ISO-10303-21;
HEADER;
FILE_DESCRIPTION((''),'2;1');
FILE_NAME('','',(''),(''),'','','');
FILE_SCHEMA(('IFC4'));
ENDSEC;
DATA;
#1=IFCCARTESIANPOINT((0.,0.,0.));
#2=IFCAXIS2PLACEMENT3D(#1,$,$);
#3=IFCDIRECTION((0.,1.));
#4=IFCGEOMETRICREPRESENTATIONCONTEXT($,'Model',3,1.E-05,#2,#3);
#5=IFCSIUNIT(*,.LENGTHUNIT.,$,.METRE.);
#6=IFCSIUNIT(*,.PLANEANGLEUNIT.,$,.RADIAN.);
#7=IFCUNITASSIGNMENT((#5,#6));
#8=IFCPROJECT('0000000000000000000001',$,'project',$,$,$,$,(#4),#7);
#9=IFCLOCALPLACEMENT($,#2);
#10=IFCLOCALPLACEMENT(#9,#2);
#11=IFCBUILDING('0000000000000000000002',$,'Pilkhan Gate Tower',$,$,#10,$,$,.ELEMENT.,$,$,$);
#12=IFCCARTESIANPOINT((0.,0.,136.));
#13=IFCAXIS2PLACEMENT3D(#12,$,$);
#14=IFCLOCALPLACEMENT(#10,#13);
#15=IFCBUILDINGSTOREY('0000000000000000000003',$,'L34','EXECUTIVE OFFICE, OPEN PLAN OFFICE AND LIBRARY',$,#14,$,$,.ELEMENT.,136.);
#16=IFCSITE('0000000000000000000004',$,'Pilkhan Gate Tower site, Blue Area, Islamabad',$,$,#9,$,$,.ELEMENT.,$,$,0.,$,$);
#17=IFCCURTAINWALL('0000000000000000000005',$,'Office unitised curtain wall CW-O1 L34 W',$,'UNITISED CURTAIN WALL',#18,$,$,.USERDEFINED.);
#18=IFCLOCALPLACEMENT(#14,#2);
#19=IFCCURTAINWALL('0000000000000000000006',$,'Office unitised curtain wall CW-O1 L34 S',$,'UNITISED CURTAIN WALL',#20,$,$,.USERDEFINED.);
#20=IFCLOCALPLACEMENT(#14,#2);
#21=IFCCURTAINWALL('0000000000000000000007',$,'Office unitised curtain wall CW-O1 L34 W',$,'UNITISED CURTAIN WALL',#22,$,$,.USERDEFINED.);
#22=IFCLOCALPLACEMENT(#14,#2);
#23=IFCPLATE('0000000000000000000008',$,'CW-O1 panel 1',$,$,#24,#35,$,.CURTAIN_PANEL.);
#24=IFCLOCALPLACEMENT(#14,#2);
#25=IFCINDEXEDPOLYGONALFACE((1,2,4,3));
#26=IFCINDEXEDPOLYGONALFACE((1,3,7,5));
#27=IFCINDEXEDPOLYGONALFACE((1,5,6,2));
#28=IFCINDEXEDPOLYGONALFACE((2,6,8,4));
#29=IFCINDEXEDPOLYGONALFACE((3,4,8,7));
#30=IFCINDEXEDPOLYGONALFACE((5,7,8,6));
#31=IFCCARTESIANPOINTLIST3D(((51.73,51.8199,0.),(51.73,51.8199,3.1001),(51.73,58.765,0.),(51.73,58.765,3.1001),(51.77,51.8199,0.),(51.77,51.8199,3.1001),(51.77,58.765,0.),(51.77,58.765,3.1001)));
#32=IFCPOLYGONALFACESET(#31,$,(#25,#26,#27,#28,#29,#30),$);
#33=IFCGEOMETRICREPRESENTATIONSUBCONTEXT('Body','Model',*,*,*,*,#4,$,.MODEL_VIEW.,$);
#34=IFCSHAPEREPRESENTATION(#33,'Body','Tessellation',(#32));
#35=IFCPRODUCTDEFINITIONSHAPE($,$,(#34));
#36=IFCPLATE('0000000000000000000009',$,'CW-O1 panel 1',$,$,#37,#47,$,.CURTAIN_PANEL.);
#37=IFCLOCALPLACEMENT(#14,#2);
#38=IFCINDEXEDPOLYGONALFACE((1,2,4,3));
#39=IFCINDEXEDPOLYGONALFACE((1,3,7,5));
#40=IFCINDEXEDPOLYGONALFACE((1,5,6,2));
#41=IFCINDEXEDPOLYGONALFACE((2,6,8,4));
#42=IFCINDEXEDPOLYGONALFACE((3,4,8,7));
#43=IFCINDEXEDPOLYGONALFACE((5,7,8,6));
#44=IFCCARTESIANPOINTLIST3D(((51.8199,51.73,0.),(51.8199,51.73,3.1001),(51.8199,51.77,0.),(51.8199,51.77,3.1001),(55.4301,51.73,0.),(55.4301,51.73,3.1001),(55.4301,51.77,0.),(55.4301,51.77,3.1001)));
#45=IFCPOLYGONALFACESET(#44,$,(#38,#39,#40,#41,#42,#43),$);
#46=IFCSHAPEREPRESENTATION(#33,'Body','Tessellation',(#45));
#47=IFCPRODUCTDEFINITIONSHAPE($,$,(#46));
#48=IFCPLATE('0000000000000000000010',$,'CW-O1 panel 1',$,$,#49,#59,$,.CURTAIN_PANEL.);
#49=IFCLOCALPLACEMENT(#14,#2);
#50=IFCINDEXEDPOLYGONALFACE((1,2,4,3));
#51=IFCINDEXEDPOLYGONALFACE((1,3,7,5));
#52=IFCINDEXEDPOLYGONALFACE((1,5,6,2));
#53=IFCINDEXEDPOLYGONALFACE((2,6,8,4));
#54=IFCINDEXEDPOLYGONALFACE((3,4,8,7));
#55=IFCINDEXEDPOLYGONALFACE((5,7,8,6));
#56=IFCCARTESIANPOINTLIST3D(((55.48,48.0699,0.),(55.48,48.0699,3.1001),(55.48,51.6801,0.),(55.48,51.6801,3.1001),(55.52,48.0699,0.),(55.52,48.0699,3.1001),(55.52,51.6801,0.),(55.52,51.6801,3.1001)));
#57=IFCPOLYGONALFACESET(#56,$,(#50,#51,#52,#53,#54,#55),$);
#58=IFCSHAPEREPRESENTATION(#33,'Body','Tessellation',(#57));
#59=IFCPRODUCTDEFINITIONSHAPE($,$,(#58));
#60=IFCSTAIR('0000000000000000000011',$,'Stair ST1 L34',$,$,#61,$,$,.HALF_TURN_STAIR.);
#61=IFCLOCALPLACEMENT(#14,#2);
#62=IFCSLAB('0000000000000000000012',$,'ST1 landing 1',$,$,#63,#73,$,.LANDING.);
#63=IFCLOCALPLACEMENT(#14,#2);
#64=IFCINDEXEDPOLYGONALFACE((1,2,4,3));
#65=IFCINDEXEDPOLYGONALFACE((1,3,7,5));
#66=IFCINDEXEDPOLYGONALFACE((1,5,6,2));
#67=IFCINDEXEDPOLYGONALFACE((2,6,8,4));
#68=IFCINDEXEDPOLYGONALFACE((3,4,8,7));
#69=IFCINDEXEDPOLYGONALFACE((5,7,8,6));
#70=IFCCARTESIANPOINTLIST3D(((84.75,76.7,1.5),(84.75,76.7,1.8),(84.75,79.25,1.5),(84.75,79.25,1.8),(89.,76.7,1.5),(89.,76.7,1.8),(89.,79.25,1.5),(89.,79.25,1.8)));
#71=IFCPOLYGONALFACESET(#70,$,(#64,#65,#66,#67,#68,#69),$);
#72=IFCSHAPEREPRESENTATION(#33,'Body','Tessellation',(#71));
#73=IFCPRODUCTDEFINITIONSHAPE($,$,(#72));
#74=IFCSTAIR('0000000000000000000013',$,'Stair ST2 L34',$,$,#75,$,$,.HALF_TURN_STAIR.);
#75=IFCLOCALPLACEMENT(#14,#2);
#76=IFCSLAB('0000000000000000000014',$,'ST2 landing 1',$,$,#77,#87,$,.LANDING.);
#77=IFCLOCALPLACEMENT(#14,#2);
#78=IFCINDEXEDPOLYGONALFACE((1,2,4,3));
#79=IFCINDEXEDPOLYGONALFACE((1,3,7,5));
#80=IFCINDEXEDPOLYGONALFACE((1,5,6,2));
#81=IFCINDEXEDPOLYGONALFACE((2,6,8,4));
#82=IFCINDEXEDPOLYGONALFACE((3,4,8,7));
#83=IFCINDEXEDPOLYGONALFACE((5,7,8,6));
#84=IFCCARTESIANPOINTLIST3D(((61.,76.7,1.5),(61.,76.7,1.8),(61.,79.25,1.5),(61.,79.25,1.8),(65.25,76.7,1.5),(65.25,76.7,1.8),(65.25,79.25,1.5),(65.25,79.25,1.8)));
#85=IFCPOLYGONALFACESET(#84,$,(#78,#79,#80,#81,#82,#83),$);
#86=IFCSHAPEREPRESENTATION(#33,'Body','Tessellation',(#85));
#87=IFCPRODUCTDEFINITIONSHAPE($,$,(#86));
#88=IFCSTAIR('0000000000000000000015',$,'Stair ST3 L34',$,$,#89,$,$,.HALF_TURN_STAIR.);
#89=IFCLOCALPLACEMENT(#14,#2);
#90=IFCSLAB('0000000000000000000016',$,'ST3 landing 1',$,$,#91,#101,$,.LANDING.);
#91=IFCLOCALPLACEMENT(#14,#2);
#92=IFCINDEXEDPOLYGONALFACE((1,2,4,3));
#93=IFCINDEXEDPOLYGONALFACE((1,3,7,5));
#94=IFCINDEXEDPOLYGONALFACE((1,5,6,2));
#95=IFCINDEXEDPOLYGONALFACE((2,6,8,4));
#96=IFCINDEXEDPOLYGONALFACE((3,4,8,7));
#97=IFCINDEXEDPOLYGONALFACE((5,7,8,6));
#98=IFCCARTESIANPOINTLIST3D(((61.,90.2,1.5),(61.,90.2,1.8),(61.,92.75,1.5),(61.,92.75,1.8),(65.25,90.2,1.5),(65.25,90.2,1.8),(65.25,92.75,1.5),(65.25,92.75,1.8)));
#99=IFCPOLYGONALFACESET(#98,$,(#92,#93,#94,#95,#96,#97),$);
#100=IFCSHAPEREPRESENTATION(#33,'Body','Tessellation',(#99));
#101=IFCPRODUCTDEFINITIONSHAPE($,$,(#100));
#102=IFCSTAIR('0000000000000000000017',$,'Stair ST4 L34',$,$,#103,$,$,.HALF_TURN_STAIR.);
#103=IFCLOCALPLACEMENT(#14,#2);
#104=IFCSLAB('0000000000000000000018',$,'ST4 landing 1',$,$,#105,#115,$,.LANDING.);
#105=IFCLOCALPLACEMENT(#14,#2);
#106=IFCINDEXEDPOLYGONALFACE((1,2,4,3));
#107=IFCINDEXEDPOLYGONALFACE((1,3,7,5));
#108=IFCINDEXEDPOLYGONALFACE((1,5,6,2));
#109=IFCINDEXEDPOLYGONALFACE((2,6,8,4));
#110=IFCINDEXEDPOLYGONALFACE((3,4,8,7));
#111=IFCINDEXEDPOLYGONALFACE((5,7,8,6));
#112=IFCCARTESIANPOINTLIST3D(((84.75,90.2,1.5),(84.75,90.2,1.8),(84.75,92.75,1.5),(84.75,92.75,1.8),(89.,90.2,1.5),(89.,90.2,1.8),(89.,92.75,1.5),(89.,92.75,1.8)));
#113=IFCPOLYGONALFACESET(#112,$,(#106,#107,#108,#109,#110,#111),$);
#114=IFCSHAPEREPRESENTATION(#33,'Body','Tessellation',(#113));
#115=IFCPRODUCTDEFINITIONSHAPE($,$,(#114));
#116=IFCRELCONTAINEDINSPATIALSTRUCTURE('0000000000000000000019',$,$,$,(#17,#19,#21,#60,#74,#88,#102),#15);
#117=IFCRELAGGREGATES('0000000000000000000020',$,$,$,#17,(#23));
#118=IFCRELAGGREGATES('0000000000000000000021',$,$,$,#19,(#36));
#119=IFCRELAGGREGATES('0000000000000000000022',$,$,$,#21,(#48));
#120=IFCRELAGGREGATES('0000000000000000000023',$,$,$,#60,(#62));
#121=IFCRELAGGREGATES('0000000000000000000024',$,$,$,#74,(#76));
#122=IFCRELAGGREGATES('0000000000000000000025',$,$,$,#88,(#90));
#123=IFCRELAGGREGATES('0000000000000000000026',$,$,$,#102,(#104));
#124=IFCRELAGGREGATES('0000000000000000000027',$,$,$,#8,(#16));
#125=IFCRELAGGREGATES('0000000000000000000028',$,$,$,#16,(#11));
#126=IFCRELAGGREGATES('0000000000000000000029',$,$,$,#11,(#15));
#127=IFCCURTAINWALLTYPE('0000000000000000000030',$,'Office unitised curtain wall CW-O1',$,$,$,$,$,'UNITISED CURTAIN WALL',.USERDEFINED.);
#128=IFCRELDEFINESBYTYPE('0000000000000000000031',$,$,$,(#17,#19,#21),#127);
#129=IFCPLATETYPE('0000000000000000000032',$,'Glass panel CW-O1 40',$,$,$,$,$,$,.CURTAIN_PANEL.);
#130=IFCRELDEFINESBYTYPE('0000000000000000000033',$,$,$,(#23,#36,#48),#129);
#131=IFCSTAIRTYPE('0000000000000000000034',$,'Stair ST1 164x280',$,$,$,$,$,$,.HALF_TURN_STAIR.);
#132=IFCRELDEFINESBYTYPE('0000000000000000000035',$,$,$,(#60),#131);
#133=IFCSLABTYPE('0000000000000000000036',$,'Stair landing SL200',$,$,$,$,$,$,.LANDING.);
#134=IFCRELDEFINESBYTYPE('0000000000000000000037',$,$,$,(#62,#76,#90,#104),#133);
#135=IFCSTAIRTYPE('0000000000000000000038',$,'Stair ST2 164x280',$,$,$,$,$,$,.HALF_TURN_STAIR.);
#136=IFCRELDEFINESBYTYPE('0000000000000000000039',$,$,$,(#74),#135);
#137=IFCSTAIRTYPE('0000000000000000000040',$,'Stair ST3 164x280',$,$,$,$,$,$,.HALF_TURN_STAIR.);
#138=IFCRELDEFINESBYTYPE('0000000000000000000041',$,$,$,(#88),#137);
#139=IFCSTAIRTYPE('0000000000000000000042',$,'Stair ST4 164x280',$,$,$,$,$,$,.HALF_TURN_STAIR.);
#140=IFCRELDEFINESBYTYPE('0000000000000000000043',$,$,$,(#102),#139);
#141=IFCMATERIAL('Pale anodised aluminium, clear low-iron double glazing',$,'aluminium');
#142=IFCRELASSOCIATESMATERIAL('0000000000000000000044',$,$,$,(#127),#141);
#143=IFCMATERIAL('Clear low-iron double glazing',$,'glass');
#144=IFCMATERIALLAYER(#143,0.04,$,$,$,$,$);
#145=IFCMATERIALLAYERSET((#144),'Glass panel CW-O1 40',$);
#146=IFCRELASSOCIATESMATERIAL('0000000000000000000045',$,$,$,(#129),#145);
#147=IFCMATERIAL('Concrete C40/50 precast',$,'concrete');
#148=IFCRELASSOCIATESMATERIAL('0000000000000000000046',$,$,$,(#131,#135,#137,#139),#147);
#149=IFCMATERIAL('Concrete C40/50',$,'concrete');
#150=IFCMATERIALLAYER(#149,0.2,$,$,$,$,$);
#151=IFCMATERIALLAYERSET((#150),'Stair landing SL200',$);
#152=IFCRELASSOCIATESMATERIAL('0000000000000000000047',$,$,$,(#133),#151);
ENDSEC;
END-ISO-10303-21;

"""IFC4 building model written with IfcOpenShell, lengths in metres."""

from ifc_helpers import new_model, si_unit, direction, frame, origin, origin_2d, place, context, subcontext, project, spatial, polyline, rectangle, outline, extrude, material, layer, layer_set, type_object, element, aggregate, save


model = new_model("IFC4")

# Units and contexts
model_context = context("Model", 3, precision=1e-05, world=origin(), true_north=direction((0.0, 1.0)))
body_context = subcontext(model_context, "Body", "Model", "MODEL_VIEW")
ifc_project = project(units=[si_unit("LENGTHUNIT", "METRE"), si_unit("PLANEANGLEUNIT", "RADIAN")], contexts=[model_context])

# Site, building, storey
site_placement = place(None, origin())
site = spatial("IfcSite", under=ifc_project, at=site_placement, Name="Pilkhan Gate Tower site, Blue Area, Islamabad", CompositionType="ELEMENT", RefElevation=0.0)
building_placement = place(site_placement, origin())
building = spatial("IfcBuilding", under=site, at=building_placement, Name="Pilkhan Gate Tower", CompositionType="ELEMENT")
storey_placement = place(building_placement, frame((0.0, 0.0, 136.0)))
storey = spatial("IfcBuildingStorey", under=building, at=storey_placement, Name="L34", Description="EXECUTIVE OFFICE, OPEN PLAN OFFICE AND LIBRARY", CompositionType="ELEMENT", Elevation=136.0)

# Curtain wall
ifc_material_1 = material(Name="Pale anodised aluminium, clear low-iron double glazing", Category="aluminium")
curtain_wall_type = type_object("IfcCurtainWallType", Name="Office unitised curtain wall CW-O1", ElementType="UNITISED CURTAIN WALL", PredefinedType="USERDEFINED", material=ifc_material_1)
curtain_wall_1_placement = place(storey_placement, origin())
curtain_wall_1 = element("IfcCurtainWall", 1, at=curtain_wall_1_placement, inside=storey, type_object=curtain_wall_type, Name="Office unitised curtain wall CW-O1 L34 W", ObjectType="UNITISED CURTAIN WALL", PredefinedType="USERDEFINED")

# Curtain walls
curtain_wall_2_placement = place(storey_placement, origin())
curtain_wall_2 = element("IfcCurtainWall", 2, at=curtain_wall_2_placement, inside=storey, type_object=curtain_wall_type, Name="Office unitised curtain wall CW-O1 L34 S", ObjectType="UNITISED CURTAIN WALL", PredefinedType="USERDEFINED")
curtain_wall_3_placement = place(storey_placement, origin())
curtain_wall_3 = element("IfcCurtainWall", 3, at=curtain_wall_3_placement, inside=storey, type_object=curtain_wall_type, Name="Office unitised curtain wall CW-O1 L34 W", ObjectType="UNITISED CURTAIN WALL", PredefinedType="USERDEFINED")

# Shared definitions
ifc_material_2 = material(Name="Concrete C40/50", Category="concrete")

# Plates
ifc_material_3 = material(Name="Clear low-iron double glazing", Category="glass")
ifc_layer_1 = layer(ifc_material_3, 0.04)
ifc_layer_set_1 = layer_set([ifc_layer_1], Name="Glass panel CW-O1 40")
plate_type = type_object("IfcPlateType", Name="Glass panel CW-O1 40", PredefinedType="CURTAIN_PANEL", material=ifc_layer_set_1)
plate_1_placement = place(storey_placement, frame((51.75, 55.2925, 0.0), z_axis=(0.0, 0.0, 1.0), x_axis=(0.0, 1.0, 0.0)))
plate_1 = element("IfcPlate", 4, at=plate_1_placement, type_object=plate_type, Name="CW-O1 panel 1", PredefinedType="CURTAIN_PANEL", context=body_context, shape_type="SweptSolid", body=[
    extrude(rectangle(XDim=6.9451, YDim=0.04, at=origin_2d()), origin(), (0.0, 0.0, 1.0), 3.1001),
])
aggregate(curtain_wall_1, [plate_1])
plate_2_placement = place(storey_placement, frame((53.625, 51.75, 0.0), z_axis=(0.0, 0.0, 1.0), x_axis=(1.0, 0.0, 0.0)))
plate_2 = element("IfcPlate", 5, at=plate_2_placement, type_object=plate_type, Name="CW-O1 panel 1", PredefinedType="CURTAIN_PANEL", context=body_context, shape_type="SweptSolid", body=[
    extrude(rectangle(XDim=3.6101, YDim=0.04, at=origin_2d()), origin(), (0.0, 0.0, 1.0), 3.1001),
])
aggregate(curtain_wall_2, [plate_2])
plate_3_placement = place(storey_placement, frame((55.5, 49.875, 0.0), z_axis=(0.0, 0.0, 1.0), x_axis=(0.0, 1.0, 0.0)))
plate_3 = element("IfcPlate", 6, at=plate_3_placement, type_object=plate_type, Name="CW-O1 panel 1", PredefinedType="CURTAIN_PANEL", context=body_context, shape_type="SweptSolid", body=[
    extrude(rectangle(XDim=3.6101, YDim=0.04, at=origin_2d()), origin(), (0.0, 0.0, 1.0), 3.1001),
])
aggregate(curtain_wall_3, [plate_3])

# Stairs, slabs
ifc_material_4 = material(Name="Concrete C40/50 precast", Category="concrete")
stair_type_1 = type_object("IfcStairType", Name="Stair ST1 164x280", PredefinedType="HALF_TURN_STAIR", material=ifc_material_4)
stair_1_placement = place(storey_placement, origin())
stair_1 = element("IfcStair", 7, at=stair_1_placement, inside=storey, type_object=stair_type_1, Name="Stair ST1 L34", PredefinedType="HALF_TURN_STAIR")
ifc_layer_2 = layer(ifc_material_2, 0.2)
ifc_layer_set_2 = layer_set([ifc_layer_2], Name="Stair landing SL200")
slab_type_1 = type_object("IfcSlabType", Name="Stair landing SL200", PredefinedType="LANDING", material=ifc_layer_set_2)
slab_1_placement = place(storey_placement, frame((0.0, 0.0, 1.5)))
slab_1 = element("IfcSlab", 8, at=slab_1_placement, type_object=slab_type_1, Name="ST1 landing 1", PredefinedType="LANDING", context=body_context, shape_type="SweptSolid", body=[
    extrude(outline(polyline([(89.0, 76.7), (89.0, 79.25), (84.75, 79.25), (84.75, 76.7), (89.0, 76.7)])), origin(), (0.0, 0.0, 1.0), 0.3),
])
aggregate(stair_1, [slab_1])
stair_type_2 = type_object("IfcStairType", Name="Stair ST2 164x280", PredefinedType="HALF_TURN_STAIR", material=ifc_material_4)
stair_2_placement = place(storey_placement, origin())
stair_2 = element("IfcStair", 9, at=stair_2_placement, inside=storey, type_object=stair_type_2, Name="Stair ST2 L34", PredefinedType="HALF_TURN_STAIR")
slab_2_placement = place(storey_placement, frame((0.0, 0.0, 1.5)))
slab_2 = element("IfcSlab", 10, at=slab_2_placement, type_object=slab_type_1, Name="ST2 landing 1", PredefinedType="LANDING", context=body_context, shape_type="SweptSolid", body=[
    extrude(outline(polyline([(65.25, 76.7), (65.25, 79.25), (61.0, 79.25), (61.0, 76.7), (65.25, 76.7)])), origin(), (0.0, 0.0, 1.0), 0.3),
])
aggregate(stair_2, [slab_2])
stair_type_3 = type_object("IfcStairType", Name="Stair ST3 164x280", PredefinedType="HALF_TURN_STAIR", material=ifc_material_4)
stair_3_placement = place(storey_placement, origin())
stair_3 = element("IfcStair", 11, at=stair_3_placement, inside=storey, type_object=stair_type_3, Name="Stair ST3 L34", PredefinedType="HALF_TURN_STAIR")
slab_3_placement = place(storey_placement, frame((0.0, 0.0, 1.5)))
slab_3 = element("IfcSlab", 12, at=slab_3_placement, type_object=slab_type_1, Name="ST3 landing 1", PredefinedType="LANDING", context=body_context, shape_type="SweptSolid", body=[
    extrude(outline(polyline([(65.25, 90.2), (65.25, 92.75), (61.0, 92.75), (61.0, 90.2), (65.25, 90.2)])), origin(), (0.0, 0.0, 1.0), 0.3),
])
aggregate(stair_3, [slab_3])
stair_type_4 = type_object("IfcStairType", Name="Stair ST4 164x280", PredefinedType="HALF_TURN_STAIR", material=ifc_material_4)
stair_4_placement = place(storey_placement, origin())
stair_4 = element("IfcStair", 13, at=stair_4_placement, inside=storey, type_object=stair_type_4, Name="Stair ST4 L34", PredefinedType="HALF_TURN_STAIR")
slab_4_placement = place(storey_placement, frame((0.0, 0.0, 1.5)))
slab_4 = element("IfcSlab", 14, at=slab_4_placement, type_object=slab_type_1, Name="ST4 landing 1", PredefinedType="LANDING", context=body_context, shape_type="SweptSolid", body=[
    extrude(outline(polyline([(89.0, 90.2), (89.0, 92.75), (84.75, 92.75), (84.75, 90.2), (89.0, 90.2)])), origin(), (0.0, 0.0, 1.0), 0.3),
])
aggregate(stair_4, [slab_4])

save(model, "model.ifc")
